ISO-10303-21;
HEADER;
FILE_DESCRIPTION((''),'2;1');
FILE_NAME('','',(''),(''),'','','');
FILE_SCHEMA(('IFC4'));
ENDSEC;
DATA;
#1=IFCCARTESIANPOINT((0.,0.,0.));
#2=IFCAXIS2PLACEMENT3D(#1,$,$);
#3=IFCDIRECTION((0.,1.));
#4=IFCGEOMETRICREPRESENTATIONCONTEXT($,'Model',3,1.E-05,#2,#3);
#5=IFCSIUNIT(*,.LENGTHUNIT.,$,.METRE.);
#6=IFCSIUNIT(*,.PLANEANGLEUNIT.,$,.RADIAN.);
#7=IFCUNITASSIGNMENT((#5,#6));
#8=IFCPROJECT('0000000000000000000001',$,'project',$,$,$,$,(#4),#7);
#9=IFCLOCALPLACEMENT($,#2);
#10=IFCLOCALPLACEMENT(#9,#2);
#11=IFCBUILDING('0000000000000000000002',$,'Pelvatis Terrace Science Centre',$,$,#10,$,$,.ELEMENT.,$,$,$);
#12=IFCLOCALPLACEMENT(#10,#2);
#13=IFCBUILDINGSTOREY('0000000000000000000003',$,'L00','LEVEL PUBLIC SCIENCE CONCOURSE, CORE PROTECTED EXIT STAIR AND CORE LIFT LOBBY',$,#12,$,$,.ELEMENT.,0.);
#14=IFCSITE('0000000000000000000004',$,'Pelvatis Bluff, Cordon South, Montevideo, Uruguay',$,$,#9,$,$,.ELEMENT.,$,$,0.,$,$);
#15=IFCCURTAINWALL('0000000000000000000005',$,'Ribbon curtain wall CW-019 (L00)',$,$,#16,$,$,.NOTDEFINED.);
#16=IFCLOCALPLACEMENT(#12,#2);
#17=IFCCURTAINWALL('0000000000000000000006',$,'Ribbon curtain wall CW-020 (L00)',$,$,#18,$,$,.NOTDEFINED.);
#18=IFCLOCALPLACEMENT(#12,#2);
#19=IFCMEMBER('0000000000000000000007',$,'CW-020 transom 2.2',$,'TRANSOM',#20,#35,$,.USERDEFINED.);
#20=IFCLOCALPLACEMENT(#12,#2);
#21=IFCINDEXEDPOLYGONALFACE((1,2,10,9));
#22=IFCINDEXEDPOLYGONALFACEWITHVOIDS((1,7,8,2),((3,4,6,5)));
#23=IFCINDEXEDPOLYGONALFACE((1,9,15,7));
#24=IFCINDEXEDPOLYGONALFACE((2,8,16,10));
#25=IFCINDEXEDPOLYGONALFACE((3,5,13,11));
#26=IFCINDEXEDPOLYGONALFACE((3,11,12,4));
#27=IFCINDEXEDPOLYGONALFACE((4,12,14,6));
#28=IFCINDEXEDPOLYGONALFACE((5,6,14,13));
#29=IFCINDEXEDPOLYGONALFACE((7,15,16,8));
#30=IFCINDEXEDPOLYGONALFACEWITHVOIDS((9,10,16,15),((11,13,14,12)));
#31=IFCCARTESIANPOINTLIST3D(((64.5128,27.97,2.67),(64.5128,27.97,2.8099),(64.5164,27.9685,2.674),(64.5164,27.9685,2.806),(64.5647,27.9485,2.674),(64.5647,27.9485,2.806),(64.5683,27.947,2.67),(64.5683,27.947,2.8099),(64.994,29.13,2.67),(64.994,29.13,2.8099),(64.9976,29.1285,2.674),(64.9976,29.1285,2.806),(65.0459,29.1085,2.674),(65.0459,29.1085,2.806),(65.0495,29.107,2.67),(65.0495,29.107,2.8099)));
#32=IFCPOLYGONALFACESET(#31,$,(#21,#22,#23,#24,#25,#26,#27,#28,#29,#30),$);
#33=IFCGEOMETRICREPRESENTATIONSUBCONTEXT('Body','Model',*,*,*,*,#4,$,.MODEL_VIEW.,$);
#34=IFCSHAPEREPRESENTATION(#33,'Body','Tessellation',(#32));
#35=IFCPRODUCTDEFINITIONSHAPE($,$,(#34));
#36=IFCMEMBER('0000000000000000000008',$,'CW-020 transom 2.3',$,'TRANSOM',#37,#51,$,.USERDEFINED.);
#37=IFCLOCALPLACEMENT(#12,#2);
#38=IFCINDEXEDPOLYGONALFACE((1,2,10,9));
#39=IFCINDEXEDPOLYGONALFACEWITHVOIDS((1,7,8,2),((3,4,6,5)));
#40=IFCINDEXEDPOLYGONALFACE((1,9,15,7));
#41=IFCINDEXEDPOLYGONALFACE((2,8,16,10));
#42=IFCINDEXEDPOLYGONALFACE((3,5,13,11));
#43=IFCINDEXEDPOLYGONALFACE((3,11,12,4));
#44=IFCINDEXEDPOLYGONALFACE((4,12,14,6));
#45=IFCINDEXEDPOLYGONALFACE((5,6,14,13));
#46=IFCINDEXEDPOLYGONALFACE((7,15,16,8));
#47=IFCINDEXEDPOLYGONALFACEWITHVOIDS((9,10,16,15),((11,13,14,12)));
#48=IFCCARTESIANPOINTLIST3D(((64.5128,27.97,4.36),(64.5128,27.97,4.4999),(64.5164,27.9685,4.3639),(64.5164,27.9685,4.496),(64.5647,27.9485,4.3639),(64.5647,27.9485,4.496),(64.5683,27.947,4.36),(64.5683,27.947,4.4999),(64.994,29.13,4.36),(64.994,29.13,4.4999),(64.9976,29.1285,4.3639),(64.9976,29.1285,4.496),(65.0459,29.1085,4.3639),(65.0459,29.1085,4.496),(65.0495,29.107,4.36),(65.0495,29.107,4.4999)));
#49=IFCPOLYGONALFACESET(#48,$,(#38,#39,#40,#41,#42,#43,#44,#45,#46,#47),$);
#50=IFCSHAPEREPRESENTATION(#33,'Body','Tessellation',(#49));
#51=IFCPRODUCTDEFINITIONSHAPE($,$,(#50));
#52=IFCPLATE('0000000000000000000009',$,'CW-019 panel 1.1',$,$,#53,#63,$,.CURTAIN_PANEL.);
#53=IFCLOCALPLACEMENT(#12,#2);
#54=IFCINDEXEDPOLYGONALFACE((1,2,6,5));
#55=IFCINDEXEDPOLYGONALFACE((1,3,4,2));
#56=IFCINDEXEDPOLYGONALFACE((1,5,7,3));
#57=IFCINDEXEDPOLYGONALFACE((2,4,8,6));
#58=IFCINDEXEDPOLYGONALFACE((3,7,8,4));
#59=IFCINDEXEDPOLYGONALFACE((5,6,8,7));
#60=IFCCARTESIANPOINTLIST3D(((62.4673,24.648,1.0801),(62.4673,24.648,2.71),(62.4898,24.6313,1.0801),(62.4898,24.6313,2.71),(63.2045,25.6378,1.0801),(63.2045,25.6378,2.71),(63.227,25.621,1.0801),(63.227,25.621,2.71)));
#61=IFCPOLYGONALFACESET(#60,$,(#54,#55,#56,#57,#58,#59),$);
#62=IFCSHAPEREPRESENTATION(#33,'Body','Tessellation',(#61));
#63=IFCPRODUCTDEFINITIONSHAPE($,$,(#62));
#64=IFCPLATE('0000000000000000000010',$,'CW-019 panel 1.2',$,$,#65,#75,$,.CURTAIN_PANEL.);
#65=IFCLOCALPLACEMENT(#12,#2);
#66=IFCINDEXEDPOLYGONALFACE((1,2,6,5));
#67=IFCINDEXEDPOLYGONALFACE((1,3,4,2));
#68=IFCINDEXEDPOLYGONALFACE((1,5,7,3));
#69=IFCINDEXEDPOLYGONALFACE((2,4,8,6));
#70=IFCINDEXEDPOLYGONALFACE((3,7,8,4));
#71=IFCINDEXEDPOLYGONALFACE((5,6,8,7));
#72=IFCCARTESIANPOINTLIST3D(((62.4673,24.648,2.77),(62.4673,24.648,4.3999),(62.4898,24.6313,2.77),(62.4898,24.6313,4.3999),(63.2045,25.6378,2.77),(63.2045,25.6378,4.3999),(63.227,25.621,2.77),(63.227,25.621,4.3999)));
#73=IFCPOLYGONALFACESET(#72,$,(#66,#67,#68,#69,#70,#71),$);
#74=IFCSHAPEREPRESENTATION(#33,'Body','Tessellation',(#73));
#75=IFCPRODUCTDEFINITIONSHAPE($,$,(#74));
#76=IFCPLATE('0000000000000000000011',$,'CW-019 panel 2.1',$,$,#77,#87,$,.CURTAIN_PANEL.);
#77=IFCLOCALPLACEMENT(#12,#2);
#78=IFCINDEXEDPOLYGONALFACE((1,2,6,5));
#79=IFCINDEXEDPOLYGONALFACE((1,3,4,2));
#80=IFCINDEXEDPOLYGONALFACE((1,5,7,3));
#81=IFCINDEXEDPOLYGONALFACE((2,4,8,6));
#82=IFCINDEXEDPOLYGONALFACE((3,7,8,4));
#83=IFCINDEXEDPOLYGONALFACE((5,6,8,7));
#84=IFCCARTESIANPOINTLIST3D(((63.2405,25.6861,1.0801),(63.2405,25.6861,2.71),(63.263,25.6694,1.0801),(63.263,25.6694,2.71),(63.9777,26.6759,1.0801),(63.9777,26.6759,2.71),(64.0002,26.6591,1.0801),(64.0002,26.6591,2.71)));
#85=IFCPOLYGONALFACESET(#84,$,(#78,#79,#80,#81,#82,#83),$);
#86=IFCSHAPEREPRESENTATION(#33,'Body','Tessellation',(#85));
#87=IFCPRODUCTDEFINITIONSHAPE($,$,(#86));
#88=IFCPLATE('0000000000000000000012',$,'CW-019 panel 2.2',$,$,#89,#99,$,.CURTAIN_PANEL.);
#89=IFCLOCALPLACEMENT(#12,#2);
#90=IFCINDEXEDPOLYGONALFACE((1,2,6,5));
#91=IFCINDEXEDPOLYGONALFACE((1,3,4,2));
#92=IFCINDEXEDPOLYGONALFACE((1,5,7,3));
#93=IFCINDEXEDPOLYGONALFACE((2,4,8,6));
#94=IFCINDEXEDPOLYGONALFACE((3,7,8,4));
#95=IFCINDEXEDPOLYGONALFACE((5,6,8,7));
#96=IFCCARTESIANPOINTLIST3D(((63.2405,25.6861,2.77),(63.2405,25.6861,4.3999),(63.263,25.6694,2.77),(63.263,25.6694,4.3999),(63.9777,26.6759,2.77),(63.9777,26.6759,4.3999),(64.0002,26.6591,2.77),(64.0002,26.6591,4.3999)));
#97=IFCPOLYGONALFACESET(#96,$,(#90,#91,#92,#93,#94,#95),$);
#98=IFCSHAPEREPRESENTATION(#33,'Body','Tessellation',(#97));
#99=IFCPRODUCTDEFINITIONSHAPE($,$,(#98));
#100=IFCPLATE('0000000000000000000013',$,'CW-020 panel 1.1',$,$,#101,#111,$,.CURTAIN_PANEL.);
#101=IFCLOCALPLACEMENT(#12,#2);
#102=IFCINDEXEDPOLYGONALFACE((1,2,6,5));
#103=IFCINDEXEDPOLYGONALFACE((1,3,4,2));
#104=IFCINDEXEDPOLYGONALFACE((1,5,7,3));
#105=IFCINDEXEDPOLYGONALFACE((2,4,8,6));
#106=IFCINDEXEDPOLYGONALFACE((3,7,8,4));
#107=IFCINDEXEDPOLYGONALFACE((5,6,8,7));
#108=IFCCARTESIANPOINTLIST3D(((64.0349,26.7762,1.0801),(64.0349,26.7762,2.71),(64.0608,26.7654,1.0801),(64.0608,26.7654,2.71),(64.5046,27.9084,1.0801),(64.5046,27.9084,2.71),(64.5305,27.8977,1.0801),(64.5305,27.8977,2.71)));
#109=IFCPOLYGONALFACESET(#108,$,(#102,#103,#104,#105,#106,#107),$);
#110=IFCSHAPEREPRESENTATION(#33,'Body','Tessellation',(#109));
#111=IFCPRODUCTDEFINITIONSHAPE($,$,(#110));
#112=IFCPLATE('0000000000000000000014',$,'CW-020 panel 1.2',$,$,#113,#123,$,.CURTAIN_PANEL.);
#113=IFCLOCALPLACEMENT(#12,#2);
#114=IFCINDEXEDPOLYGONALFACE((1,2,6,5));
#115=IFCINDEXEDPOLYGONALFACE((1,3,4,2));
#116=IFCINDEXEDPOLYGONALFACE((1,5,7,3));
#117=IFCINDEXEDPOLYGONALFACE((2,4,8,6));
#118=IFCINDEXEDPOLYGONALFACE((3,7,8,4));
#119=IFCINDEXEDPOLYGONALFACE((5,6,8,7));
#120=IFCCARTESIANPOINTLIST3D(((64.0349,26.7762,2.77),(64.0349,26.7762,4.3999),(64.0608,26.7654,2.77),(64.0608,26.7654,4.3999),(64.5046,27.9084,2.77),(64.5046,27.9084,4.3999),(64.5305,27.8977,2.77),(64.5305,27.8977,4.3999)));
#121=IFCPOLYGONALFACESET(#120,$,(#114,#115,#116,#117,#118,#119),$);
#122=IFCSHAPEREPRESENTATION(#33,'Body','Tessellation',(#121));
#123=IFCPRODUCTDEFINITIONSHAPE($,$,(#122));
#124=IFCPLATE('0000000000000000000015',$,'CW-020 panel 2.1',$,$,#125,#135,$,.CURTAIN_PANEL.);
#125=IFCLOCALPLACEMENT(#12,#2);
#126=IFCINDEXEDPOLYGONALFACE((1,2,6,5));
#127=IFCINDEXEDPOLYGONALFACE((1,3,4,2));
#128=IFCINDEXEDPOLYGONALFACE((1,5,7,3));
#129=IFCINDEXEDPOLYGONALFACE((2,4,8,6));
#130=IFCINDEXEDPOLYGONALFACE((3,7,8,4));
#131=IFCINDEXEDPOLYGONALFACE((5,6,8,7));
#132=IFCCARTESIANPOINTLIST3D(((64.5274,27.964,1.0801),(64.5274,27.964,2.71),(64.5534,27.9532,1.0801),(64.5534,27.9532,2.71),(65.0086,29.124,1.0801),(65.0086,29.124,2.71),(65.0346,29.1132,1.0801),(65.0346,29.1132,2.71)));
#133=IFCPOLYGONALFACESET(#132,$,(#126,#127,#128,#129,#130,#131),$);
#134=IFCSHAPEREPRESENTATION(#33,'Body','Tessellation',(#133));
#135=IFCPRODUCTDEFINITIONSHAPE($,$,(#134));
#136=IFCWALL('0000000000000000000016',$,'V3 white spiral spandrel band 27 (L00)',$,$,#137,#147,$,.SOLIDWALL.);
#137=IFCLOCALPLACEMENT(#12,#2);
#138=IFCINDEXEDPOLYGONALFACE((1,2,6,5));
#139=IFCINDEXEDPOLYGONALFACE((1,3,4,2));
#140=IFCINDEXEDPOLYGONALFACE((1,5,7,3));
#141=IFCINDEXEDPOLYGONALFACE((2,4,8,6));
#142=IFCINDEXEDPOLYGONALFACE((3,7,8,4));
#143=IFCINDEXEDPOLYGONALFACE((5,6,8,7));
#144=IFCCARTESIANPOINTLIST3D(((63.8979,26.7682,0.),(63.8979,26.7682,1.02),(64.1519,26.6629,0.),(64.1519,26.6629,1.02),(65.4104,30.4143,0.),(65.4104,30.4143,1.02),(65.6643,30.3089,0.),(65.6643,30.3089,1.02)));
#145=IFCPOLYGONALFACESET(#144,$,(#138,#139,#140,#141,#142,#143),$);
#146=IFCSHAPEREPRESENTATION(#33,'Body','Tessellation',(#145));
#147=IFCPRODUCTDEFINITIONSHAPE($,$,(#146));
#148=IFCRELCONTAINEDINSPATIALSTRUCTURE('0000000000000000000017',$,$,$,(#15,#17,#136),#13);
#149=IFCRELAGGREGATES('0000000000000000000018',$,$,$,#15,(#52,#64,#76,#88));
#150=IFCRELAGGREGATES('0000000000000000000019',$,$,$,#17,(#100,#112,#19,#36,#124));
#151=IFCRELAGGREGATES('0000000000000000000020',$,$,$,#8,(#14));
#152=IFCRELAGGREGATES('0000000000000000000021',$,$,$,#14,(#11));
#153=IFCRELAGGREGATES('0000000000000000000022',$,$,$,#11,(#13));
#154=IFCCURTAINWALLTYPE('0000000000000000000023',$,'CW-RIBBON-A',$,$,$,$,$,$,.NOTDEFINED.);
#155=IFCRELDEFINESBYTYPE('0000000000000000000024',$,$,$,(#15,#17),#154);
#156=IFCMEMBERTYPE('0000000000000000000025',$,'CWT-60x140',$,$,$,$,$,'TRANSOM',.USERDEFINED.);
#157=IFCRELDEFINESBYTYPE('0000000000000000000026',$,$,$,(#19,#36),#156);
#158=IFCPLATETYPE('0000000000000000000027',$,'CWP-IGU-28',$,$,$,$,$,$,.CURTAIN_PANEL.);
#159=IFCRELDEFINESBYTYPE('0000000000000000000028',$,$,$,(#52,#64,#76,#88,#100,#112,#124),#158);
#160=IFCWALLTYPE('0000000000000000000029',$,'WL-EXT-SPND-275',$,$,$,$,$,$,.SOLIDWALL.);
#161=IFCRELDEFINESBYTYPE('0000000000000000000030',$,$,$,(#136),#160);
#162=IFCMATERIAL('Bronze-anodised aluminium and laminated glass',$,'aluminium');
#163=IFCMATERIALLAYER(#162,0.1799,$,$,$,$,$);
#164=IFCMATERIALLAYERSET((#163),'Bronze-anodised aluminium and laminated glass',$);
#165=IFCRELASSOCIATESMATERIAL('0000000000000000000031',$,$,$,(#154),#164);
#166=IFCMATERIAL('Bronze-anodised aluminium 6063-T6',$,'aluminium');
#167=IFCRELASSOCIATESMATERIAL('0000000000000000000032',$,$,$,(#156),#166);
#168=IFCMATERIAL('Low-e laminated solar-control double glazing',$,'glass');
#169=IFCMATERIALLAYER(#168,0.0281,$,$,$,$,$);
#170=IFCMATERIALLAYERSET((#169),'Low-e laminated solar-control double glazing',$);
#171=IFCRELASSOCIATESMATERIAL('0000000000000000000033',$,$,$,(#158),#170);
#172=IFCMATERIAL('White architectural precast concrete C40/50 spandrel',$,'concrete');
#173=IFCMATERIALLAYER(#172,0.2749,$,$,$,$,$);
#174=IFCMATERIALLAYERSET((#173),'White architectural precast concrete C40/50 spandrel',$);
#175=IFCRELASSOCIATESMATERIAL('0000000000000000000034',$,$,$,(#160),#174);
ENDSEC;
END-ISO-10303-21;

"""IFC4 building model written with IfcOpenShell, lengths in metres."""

from ifc_helpers import new_model, si_unit, direction, frame, frame_2d, origin, origin_2d, place, context, subcontext, project, spatial, rectangle, hollow_rectangle, extrude, material, layer, layer_set, material_profile, profile_set, type_object, element, aggregate, save


model = new_model("IFC4")

# Units and contexts
model_context = context("Model", 3, precision=1e-05, world=origin(), true_north=direction((0.0, 1.0)))
body_context = subcontext(model_context, "Body", "Model", "MODEL_VIEW")
ifc_project = project(units=[si_unit("LENGTHUNIT", "METRE"), si_unit("PLANEANGLEUNIT", "RADIAN")], contexts=[model_context])

# Site, building, storey
site_placement = place(None, origin())
site = spatial("IfcSite", under=ifc_project, at=site_placement, Name="Pelvatis Bluff, Cordon South, Montevideo, Uruguay", CompositionType="ELEMENT", RefElevation=0.0)
building_placement = place(site_placement, origin())
building = spatial("IfcBuilding", under=site, at=building_placement, Name="Pelvatis Terrace Science Centre", CompositionType="ELEMENT")
storey_placement = place(building_placement, origin())
storey = spatial("IfcBuildingStorey", under=building, at=storey_placement, Name="L00", Description="LEVEL PUBLIC SCIENCE CONCOURSE, CORE PROTECTED EXIT STAIR AND CORE LIFT LOBBY", CompositionType="ELEMENT", Elevation=0.0)

# Curtain walls
ifc_material_1 = material(Name="Bronze-anodised aluminium and laminated glass", Category="aluminium")
ifc_layer_1 = layer(ifc_material_1, 0.1799)
ifc_layer_set_1 = layer_set([ifc_layer_1], Name="Bronze-anodised aluminium and laminated glass")
curtain_wall_type = type_object("IfcCurtainWallType", Name="CW-RIBBON-A", PredefinedType="NOTDEFINED", material=ifc_layer_set_1)
curtain_wall_1_placement = place(storey_placement, origin())
curtain_wall_1 = element("IfcCurtainWall", 1, at=curtain_wall_1_placement, inside=storey, type_object=curtain_wall_type, Name="Ribbon curtain wall CW-019 (L00)", PredefinedType="NOTDEFINED")
curtain_wall_2_placement = place(storey_placement, origin())
curtain_wall_2 = element("IfcCurtainWall", 2, at=curtain_wall_2_placement, inside=storey, type_object=curtain_wall_type, Name="Ribbon curtain wall CW-020 (L00)", PredefinedType="NOTDEFINED")

# Members
ifc_material_2 = material(Name="Bronze-anodised aluminium 6063-T6", Category="aluminium")
ifc_material_profile_1 = material_profile(ifc_material_2, hollow_rectangle(XDim=0.0601, YDim=0.1399, WallThickness=0.0039, at=origin_2d()), Name="ALU-TRN 60x140")
ifc_profile_set_1 = profile_set([ifc_material_profile_1], Name="Bronze-anodised aluminium 6063-T6")
member_type_1 = type_object("IfcMemberType", Name="CWT-60x140", ElementType="TRANSOM", PredefinedType="USERDEFINED", material=ifc_profile_set_1)
member_1_placement = place(storey_placement, frame((64.5405, 27.9585, 2.74), z_axis=(0.383193, 0.923668, 0.0), x_axis=(-0.923668, 0.383193, 0.0)))
member_1 = element("IfcMember", 3, at=member_1_placement, type_object=member_type_1, Name="CW-020 transom 2.2", ObjectType="TRANSOM", PredefinedType="USERDEFINED", context=body_context, shape_type="SweptSolid", body=[
    extrude(hollow_rectangle(XDim=0.0601, YDim=0.1399, WallThickness=0.0039, at=origin_2d()), origin(), (0.0, 0.0, 1.0), 1.2559),
])
member_2_placement = place(storey_placement, frame((64.5405, 27.9585, 4.4299), z_axis=(0.383193, 0.923668, 0.0), x_axis=(-0.923668, 0.383193, 0.0)))
member_2 = element("IfcMember", 4, at=member_2_placement, type_object=member_type_1, Name="CW-020 transom 2.3", ObjectType="TRANSOM", PredefinedType="USERDEFINED", context=body_context, shape_type="SweptSolid", body=[
    extrude(hollow_rectangle(XDim=0.0601, YDim=0.1399, WallThickness=0.0039, at=origin_2d()), origin(), (0.0, 0.0, 1.0), 1.2559),
])

# Plates
ifc_material_3 = material(Name="Low-e laminated solar-control double glazing", Category="glass")
ifc_layer_2 = layer(ifc_material_3, 0.0281)
ifc_layer_set_2 = layer_set([ifc_layer_2], Name="Low-e laminated solar-control double glazing")
plate_type = type_object("IfcPlateType", Name="CWP-IGU-28", PredefinedType="CURTAIN_PANEL", material=ifc_layer_set_2)
plate_1_placement = place(storey_placement, frame((62.8472, 25.1345, 1.0801), z_axis=(0.0, 0.0, 1.0), x_axis=(0.597357, 0.801976, 0.0)))
plate_1 = element("IfcPlate", 5, at=plate_1_placement, type_object=plate_type, Name="CW-019 panel 1.1", PredefinedType="CURTAIN_PANEL", context=body_context, shape_type="SweptSolid", body=[
    extrude(rectangle(XDim=1.2341, YDim=0.0281, at=origin_2d()), origin(), (0.0, 0.0, 1.0), 1.6299),
])
plate_2_placement = place(storey_placement, frame((62.8472, 25.1345, 2.77), z_axis=(0.0, 0.0, 1.0), x_axis=(0.597357, 0.801976, 0.0)))
plate_2 = element("IfcPlate", 6, at=plate_2_placement, type_object=plate_type, Name="CW-019 panel 1.2", PredefinedType="CURTAIN_PANEL", context=body_context, shape_type="SweptSolid", body=[
    extrude(rectangle(XDim=1.2341, YDim=0.0281, at=origin_2d()), origin(), (0.0, 0.0, 1.0), 1.6299),
])
plate_3_placement = place(storey_placement, frame((63.6204, 26.1726, 1.0801), z_axis=(0.0, 0.0, 1.0), x_axis=(0.597357, 0.801976, 0.0)))
plate_3 = element("IfcPlate", 7, at=plate_3_placement, type_object=plate_type, Name="CW-019 panel 2.1", PredefinedType="CURTAIN_PANEL", context=body_context, shape_type="SweptSolid", body=[
    extrude(rectangle(XDim=1.2341, YDim=0.0281, at=origin_2d()), origin(), (0.0, 0.0, 1.0), 1.6299),
])
plate_4_placement = place(storey_placement, frame((63.6204, 26.1726, 2.77), z_axis=(0.0, 0.0, 1.0), x_axis=(0.597357, 0.801976, 0.0)))
plate_4 = element("IfcPlate", 8, at=plate_4_placement, type_object=plate_type, Name="CW-019 panel 2.2", PredefinedType="CURTAIN_PANEL", context=body_context, shape_type="SweptSolid", body=[
    extrude(rectangle(XDim=1.2341, YDim=0.0281, at=origin_2d()), origin(), (0.0, 0.0, 1.0), 1.6299),
])
aggregate(curtain_wall_1, [plate_1, plate_2, plate_3, plate_4])
plate_5_placement = place(storey_placement, frame((64.2827, 27.3369, 1.0801), z_axis=(0.0, 0.0, 1.0), x_axis=(0.383176, 0.923675, 0.0)))
plate_5 = element("IfcPlate", 9, at=plate_5_placement, type_object=plate_type, Name="CW-020 panel 1.1", PredefinedType="CURTAIN_PANEL", context=body_context, shape_type="SweptSolid", body=[
    extrude(rectangle(XDim=1.2258, YDim=0.0281, at=origin_2d()), origin(), (0.0, 0.0, 1.0), 1.6299),
])
plate_6_placement = place(storey_placement, frame((64.2827, 27.3369, 2.77), z_axis=(0.0, 0.0, 1.0), x_axis=(0.383176, 0.923675, 0.0)))
plate_6 = element("IfcPlate", 10, at=plate_6_placement, type_object=plate_type, Name="CW-020 panel 1.2", PredefinedType="CURTAIN_PANEL", context=body_context, shape_type="SweptSolid", body=[
    extrude(rectangle(XDim=1.2258, YDim=0.0281, at=origin_2d()), origin(), (0.0, 0.0, 1.0), 1.6299),
])
plate_7_placement = place(storey_placement, frame((64.781, 28.5386, 1.0801), z_axis=(0.0, 0.0, 1.0), x_axis=(0.383176, 0.923675, 0.0)))
plate_7 = element("IfcPlate", 11, at=plate_7_placement, type_object=plate_type, Name="CW-020 panel 2.1", PredefinedType="CURTAIN_PANEL", context=body_context, shape_type="SweptSolid", body=[
    extrude(rectangle(XDim=1.2559, YDim=0.0281, at=origin_2d()), origin(), (0.0, 0.0, 1.0), 1.6299),
])
aggregate(curtain_wall_2, [plate_5, plate_6, member_1, member_2, plate_7])

# Wall
ifc_material_4 = material(Name="White architectural precast concrete C40/50 spandrel", Category="concrete")
ifc_layer_3 = layer(ifc_material_4, 0.2749)
ifc_layer_set_3 = layer_set([ifc_layer_3], Name="White architectural precast concrete C40/50 spandrel")
wall_type = type_object("IfcWallType", Name="WL-EXT-SPND-275", PredefinedType="SOLIDWALL", material=ifc_layer_set_3)
wall_placement = place(storey_placement, frame((64.0249, 26.7156, 0.0), z_axis=(0.0, 0.0, 1.0), x_axis=(0.383166, 0.92368, 0.0)))
element("IfcWall", 12, at=wall_placement, inside=storey, type_object=wall_type, Name="V3 white spiral spandrel band 27 (L00)", PredefinedType="SOLIDWALL", context=body_context, shape_type="SweptSolid", body=[
    extrude(rectangle(XDim=3.9473, YDim=0.2749, at=frame_2d((1.9736, 0.0))), origin(), (0.0, 0.0, 1.0), 1.02),
])

save(model, "model.ifc")
